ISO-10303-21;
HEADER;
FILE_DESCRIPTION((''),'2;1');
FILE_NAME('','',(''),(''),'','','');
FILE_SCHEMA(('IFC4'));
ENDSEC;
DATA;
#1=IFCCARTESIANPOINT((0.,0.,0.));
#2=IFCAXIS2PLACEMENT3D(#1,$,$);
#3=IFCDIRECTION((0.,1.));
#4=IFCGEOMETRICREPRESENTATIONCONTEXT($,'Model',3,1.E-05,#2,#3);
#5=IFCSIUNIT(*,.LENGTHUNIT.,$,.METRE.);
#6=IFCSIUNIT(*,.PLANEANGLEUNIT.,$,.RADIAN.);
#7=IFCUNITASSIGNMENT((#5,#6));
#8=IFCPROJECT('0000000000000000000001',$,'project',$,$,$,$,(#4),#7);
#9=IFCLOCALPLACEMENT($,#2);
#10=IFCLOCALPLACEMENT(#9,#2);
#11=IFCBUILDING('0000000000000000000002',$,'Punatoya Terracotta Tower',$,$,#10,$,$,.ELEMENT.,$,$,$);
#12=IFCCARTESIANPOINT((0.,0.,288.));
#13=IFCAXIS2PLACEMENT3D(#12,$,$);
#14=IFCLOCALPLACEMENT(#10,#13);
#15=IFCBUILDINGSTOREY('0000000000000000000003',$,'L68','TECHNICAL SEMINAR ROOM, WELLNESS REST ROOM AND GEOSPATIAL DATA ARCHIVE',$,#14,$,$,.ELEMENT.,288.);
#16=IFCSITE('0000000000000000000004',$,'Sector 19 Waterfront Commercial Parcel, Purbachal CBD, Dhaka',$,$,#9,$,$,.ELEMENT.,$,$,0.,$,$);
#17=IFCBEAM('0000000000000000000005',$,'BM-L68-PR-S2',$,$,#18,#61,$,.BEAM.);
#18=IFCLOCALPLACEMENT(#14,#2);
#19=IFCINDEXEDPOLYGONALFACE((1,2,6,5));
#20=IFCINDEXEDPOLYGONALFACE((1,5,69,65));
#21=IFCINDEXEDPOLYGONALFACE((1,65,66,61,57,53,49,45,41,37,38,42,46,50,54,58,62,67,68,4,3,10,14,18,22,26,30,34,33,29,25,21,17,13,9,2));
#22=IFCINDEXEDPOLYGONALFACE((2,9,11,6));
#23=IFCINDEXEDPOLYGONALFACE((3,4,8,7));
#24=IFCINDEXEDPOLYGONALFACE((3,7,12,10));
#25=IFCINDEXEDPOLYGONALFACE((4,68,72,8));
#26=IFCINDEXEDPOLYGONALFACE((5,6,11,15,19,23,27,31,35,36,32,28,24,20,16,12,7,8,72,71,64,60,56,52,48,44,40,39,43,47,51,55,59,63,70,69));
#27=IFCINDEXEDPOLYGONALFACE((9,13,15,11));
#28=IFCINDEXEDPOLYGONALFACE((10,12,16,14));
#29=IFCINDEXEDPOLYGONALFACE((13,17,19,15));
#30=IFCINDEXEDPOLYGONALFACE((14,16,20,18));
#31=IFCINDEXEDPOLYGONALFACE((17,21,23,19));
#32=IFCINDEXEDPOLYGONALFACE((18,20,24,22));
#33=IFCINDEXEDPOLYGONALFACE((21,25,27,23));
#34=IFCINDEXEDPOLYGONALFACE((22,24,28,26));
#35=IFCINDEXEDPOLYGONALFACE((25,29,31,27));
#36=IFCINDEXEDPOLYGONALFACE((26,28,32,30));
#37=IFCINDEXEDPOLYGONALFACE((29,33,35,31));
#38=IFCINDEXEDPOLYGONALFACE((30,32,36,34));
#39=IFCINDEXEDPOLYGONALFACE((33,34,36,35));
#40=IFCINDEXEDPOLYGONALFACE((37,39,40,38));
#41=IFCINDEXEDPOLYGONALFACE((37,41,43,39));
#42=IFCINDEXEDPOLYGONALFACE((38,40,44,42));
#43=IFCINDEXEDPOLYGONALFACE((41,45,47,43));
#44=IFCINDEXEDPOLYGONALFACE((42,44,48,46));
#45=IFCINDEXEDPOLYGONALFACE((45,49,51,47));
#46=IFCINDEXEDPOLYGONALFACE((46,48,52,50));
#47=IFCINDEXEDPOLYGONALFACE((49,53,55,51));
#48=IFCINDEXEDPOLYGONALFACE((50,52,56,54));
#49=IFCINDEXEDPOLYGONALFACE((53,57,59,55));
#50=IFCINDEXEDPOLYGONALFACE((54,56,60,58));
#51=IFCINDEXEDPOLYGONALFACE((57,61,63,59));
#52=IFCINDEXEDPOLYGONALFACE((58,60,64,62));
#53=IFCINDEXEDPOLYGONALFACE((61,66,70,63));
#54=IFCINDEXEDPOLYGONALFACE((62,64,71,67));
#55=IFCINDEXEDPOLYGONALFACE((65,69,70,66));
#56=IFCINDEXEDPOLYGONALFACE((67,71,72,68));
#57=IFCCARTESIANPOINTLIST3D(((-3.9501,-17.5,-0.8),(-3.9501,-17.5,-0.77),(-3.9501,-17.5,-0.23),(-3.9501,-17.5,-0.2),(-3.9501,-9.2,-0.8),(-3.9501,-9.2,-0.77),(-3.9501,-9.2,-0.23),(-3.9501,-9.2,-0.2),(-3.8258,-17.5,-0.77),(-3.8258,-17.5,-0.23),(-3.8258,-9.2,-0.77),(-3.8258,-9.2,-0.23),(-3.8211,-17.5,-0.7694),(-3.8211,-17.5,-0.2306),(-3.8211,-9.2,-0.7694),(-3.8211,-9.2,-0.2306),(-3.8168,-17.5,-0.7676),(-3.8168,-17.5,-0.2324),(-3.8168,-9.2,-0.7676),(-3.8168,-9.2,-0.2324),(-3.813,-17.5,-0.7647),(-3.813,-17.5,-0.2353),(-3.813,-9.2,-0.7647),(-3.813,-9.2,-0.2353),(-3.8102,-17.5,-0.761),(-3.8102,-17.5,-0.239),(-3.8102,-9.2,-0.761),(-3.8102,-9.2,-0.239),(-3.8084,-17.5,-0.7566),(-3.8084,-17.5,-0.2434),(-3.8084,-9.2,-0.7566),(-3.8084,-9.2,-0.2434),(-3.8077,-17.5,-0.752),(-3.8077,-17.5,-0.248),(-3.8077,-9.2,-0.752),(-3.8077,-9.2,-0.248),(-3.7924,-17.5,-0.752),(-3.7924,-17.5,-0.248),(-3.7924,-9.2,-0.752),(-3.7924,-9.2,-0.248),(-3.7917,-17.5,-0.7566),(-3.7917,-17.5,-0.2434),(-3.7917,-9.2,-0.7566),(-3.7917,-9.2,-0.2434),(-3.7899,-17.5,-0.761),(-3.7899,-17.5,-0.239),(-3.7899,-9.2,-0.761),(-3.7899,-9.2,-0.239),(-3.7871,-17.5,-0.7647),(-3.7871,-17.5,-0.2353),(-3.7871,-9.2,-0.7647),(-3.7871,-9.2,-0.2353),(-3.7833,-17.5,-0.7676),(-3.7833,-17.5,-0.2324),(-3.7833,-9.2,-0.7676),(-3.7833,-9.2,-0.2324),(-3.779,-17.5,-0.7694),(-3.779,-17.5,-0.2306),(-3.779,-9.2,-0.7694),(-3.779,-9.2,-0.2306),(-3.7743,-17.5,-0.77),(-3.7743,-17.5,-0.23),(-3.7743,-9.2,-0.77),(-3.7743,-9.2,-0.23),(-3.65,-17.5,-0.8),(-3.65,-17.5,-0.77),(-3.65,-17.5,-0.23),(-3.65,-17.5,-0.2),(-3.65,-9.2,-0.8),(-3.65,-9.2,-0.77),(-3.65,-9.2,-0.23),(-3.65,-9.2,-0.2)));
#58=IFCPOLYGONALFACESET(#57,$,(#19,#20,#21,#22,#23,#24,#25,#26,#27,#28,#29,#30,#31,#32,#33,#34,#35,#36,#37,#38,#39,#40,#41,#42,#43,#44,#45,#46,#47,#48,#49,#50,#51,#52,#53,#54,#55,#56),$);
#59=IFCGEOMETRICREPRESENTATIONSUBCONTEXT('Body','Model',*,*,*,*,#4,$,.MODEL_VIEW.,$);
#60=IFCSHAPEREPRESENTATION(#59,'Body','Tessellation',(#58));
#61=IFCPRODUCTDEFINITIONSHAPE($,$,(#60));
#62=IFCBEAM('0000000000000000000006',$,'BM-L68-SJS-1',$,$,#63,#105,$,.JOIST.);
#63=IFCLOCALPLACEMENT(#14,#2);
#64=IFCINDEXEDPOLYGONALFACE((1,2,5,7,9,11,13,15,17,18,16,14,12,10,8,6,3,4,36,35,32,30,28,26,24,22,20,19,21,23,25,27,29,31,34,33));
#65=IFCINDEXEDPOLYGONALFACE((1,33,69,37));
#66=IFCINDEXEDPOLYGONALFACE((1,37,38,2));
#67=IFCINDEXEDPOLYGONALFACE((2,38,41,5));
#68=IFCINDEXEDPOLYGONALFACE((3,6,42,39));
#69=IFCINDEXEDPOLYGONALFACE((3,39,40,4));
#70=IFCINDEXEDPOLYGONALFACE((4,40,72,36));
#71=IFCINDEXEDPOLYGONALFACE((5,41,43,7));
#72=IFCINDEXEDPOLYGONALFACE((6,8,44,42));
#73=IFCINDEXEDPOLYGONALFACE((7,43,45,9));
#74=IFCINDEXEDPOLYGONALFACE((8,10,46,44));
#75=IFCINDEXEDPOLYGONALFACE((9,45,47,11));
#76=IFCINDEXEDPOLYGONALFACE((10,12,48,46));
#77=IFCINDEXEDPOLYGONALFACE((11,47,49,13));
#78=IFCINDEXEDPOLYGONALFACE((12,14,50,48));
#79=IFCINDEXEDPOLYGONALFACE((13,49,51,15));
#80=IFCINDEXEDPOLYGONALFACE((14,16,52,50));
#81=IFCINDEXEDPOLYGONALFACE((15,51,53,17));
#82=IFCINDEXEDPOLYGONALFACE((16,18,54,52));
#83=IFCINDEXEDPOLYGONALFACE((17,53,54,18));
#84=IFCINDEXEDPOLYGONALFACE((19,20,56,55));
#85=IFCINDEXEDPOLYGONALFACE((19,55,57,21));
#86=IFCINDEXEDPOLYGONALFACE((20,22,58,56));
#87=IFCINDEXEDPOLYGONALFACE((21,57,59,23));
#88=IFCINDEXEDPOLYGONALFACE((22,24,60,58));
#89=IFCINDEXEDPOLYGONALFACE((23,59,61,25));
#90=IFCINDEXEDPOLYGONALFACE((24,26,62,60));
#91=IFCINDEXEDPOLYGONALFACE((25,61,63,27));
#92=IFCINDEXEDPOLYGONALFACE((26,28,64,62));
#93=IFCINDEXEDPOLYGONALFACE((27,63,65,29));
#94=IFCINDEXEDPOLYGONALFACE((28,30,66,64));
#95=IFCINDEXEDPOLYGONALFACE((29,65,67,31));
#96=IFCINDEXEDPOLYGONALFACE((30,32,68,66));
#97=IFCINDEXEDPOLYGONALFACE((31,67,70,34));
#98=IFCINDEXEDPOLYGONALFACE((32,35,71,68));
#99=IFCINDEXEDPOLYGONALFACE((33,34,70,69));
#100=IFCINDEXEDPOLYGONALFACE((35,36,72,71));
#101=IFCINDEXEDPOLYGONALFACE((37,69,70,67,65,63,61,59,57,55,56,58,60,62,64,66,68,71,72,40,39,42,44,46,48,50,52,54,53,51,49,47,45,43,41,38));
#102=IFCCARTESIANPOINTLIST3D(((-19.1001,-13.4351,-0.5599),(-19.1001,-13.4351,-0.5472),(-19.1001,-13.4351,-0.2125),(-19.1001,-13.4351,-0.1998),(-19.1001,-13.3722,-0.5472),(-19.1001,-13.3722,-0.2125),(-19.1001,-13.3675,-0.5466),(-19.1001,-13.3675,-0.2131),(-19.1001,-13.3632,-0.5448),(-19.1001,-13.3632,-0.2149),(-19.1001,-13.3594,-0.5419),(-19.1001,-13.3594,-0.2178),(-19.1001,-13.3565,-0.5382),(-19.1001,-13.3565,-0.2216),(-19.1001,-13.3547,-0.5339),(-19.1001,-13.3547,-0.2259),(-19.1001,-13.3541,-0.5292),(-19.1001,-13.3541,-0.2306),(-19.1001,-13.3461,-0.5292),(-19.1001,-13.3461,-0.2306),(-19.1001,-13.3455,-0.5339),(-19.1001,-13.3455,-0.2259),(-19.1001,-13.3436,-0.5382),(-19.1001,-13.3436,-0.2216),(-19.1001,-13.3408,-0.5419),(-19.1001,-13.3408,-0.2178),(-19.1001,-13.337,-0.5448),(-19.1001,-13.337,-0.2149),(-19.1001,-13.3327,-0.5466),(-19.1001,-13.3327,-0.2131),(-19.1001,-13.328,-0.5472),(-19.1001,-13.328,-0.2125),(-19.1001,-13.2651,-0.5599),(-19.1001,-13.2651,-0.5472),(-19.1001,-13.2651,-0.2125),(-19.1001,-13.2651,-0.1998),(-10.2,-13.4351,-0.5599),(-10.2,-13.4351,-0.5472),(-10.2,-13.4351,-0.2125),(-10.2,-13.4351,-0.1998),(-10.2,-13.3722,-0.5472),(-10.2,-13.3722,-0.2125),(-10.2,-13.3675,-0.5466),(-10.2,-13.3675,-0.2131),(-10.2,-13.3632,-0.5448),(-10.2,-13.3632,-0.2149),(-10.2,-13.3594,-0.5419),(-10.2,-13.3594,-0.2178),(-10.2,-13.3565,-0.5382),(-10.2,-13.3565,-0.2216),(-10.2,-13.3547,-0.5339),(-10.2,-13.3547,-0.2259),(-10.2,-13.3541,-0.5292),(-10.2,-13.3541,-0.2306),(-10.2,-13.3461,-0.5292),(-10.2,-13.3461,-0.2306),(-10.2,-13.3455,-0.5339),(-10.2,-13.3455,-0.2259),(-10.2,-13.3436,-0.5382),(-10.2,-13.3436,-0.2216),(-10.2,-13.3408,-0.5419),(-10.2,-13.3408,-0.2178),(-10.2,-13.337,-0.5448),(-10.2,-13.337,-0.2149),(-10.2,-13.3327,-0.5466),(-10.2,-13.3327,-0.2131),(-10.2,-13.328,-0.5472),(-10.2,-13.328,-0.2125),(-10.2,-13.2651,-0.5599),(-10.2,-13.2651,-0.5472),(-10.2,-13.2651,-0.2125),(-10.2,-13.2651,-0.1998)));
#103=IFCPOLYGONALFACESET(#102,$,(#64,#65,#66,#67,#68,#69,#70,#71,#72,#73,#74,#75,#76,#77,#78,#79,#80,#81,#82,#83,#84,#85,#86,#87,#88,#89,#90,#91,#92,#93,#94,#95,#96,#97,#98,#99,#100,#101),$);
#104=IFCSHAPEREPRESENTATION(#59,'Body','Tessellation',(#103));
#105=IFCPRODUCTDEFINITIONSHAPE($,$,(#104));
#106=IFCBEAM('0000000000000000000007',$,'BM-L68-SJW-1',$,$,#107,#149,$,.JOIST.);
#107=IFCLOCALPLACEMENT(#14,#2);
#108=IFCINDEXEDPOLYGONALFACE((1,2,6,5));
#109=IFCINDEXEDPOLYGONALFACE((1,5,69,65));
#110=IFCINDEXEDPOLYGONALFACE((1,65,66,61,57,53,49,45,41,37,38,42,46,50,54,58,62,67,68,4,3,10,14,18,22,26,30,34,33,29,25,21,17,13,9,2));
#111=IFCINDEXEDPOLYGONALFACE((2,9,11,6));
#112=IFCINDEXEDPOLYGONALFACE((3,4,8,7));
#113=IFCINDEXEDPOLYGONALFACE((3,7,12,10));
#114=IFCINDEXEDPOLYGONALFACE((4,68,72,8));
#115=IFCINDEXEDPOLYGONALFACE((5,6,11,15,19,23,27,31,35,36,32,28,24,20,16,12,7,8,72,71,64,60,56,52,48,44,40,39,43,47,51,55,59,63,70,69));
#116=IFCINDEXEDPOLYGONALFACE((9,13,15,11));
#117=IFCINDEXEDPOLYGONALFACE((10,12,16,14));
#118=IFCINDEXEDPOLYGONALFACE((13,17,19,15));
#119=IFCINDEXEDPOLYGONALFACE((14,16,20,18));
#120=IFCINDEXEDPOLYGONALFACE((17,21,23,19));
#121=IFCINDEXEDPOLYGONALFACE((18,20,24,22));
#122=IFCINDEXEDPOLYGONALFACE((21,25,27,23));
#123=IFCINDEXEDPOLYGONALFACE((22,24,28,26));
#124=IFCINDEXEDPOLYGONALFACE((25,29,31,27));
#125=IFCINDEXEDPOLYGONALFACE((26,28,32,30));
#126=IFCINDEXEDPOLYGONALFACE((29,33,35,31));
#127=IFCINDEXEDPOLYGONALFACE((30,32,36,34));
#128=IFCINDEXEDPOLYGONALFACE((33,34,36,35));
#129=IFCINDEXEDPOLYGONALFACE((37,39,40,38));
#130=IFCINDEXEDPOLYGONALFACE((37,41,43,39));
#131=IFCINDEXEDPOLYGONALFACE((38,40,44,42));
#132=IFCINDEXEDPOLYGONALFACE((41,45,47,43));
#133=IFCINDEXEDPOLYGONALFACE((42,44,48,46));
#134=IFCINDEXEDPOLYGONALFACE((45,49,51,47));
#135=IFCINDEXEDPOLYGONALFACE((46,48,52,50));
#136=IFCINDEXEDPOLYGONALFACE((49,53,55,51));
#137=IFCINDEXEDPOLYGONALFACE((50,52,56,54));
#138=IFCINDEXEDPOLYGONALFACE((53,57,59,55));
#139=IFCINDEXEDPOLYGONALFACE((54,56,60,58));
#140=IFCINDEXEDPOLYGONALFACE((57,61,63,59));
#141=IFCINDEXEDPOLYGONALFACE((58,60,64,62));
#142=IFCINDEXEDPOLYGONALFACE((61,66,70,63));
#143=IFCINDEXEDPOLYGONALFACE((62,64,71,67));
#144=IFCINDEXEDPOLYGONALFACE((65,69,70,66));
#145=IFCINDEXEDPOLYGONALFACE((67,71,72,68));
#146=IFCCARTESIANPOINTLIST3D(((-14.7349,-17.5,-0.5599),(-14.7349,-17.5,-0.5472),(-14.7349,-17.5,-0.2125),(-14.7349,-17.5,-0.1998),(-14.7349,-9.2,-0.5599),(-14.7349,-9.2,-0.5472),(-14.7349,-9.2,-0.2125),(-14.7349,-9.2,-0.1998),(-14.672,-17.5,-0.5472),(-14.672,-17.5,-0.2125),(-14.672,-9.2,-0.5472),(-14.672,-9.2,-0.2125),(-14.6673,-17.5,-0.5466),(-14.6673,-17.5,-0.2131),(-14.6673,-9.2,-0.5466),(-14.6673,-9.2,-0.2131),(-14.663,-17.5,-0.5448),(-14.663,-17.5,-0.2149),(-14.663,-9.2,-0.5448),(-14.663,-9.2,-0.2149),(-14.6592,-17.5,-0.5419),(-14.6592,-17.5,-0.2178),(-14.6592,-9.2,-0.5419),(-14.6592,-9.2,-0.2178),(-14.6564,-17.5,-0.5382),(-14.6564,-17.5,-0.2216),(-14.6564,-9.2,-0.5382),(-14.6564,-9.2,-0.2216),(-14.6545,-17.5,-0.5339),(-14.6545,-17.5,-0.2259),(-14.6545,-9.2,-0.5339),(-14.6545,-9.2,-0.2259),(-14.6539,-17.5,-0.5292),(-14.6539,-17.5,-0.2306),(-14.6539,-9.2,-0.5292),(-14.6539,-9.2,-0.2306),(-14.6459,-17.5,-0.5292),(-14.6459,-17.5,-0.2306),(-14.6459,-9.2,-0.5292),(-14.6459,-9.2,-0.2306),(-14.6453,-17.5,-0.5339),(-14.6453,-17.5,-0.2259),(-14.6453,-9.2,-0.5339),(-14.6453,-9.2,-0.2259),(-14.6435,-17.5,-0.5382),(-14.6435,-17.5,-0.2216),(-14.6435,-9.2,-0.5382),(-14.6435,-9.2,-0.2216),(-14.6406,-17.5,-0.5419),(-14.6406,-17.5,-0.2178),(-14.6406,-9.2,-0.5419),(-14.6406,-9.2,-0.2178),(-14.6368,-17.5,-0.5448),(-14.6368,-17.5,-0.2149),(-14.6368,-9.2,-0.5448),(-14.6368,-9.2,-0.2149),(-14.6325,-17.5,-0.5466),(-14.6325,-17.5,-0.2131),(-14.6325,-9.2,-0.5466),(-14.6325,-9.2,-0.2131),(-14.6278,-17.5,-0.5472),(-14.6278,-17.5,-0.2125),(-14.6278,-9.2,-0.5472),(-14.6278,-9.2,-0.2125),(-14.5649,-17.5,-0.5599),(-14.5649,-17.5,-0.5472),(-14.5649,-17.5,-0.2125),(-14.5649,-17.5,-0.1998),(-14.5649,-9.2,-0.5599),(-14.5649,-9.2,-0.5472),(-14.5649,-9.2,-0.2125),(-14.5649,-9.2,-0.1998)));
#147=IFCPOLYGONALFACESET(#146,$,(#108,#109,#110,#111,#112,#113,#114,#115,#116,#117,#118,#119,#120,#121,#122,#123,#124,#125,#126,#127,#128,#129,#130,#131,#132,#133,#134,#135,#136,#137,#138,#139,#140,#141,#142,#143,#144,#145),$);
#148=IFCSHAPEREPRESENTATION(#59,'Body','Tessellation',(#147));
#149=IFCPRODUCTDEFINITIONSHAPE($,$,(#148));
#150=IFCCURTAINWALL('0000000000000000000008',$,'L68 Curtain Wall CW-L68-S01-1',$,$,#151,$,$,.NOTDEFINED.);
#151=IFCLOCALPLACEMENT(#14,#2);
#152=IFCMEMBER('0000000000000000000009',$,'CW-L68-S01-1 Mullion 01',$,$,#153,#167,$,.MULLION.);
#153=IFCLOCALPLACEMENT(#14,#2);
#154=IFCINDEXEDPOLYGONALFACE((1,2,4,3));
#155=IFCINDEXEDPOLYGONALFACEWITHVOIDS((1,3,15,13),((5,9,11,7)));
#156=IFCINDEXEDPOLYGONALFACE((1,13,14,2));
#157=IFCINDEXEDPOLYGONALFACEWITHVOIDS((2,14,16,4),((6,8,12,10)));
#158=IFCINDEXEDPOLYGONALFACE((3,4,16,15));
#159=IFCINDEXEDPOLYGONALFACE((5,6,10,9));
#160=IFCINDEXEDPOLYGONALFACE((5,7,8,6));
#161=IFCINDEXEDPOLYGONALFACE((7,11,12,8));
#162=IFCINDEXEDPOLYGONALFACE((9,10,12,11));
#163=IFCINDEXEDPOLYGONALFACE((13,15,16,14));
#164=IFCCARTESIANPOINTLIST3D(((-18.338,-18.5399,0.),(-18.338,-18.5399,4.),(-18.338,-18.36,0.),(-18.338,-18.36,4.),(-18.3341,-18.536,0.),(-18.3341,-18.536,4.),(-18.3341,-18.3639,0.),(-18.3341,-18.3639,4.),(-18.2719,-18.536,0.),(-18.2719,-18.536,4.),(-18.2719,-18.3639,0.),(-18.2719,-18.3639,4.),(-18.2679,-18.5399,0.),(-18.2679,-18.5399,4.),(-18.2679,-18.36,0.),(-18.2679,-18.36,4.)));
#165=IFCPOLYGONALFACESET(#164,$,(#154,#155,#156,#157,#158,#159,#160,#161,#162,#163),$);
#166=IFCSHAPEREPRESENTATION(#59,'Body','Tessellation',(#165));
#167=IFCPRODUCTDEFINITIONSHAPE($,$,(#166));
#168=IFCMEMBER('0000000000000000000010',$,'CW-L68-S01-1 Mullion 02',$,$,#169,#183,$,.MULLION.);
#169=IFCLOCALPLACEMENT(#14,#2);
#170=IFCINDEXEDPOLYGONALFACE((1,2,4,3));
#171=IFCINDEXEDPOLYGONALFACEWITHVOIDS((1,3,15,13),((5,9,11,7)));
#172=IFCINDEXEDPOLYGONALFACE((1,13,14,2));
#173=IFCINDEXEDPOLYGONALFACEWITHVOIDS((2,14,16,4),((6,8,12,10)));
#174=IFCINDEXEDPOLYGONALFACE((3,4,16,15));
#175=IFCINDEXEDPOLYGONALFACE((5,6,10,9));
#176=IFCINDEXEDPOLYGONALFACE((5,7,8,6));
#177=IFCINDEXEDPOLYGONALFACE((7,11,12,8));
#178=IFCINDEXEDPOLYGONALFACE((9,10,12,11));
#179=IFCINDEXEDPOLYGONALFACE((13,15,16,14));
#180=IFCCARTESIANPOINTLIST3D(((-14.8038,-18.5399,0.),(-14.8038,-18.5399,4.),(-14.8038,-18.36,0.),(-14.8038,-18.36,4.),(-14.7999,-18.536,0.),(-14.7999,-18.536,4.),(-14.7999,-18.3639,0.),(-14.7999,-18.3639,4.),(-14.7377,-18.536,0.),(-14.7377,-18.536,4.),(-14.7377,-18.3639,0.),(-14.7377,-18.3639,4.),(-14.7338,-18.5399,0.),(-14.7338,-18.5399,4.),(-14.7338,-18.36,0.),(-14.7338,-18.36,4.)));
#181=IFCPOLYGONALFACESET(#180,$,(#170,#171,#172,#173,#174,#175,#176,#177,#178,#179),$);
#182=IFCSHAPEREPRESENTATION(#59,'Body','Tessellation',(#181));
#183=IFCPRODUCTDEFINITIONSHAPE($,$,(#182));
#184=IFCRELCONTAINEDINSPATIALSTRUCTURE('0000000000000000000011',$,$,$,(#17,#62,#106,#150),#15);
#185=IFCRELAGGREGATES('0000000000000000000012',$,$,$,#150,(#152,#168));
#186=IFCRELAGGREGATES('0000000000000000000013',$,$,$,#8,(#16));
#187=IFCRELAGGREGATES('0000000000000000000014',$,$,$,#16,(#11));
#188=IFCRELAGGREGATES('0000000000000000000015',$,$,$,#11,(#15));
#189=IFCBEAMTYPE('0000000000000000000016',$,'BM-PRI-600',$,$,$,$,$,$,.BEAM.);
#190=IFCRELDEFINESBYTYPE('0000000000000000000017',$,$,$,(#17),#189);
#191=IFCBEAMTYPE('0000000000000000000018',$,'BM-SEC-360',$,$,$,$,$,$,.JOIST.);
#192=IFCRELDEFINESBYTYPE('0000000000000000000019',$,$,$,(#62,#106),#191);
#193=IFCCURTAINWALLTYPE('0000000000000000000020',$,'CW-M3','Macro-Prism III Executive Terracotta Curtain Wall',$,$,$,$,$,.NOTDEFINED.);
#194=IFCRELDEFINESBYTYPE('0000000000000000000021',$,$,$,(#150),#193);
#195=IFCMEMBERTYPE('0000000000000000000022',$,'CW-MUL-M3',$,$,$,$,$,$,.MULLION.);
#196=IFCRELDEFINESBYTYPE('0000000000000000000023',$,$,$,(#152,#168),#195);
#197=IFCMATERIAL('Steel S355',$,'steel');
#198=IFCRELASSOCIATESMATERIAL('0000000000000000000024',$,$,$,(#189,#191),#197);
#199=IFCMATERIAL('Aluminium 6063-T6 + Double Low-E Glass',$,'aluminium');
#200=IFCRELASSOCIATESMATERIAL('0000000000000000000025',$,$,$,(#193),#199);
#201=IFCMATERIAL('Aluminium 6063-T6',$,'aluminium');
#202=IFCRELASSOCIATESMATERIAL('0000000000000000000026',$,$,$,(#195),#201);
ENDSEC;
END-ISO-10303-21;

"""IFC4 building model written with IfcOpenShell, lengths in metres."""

from ifc_helpers import new_model, si_unit, direction, frame, origin, origin_2d, place, context, subcontext, project, spatial, hollow_rectangle, i_section, extrude, material, material_profile, profile_set, type_object, element, aggregate, save


model = new_model("IFC4")

# Units and contexts
model_context = context("Model", 3, precision=1e-05, world=origin(), true_north=direction((0.0, 1.0)))
body_context = subcontext(model_context, "Body", "Model", "MODEL_VIEW")
ifc_project = project(units=[si_unit("LENGTHUNIT", "METRE"), si_unit("PLANEANGLEUNIT", "RADIAN")], contexts=[model_context])

# Site, building, storey
site_placement = place(None, origin())
site = spatial("IfcSite", under=ifc_project, at=site_placement, Name="Sector 19 Waterfront Commercial Parcel, Purbachal CBD, Dhaka", CompositionType="ELEMENT", RefElevation=0.0)
building_placement = place(site_placement, origin())
building = spatial("IfcBuilding", under=site, at=building_placement, Name="Punatoya Terracotta Tower", CompositionType="ELEMENT")
storey_placement = place(building_placement, frame((0.0, 0.0, 288.0)))
storey = spatial("IfcBuildingStorey", under=building, at=storey_placement, Name="L68", Description="TECHNICAL SEMINAR ROOM, WELLNESS REST ROOM AND GEOSPATIAL DATA ARCHIVE", CompositionType="ELEMENT", Elevation=288.0)

# Beams
ifc_material_1 = material(Name="Steel S355", Category="steel")
ifc_material_profile_1 = material_profile(ifc_material_1, i_section(OverallWidth=0.3, OverallDepth=0.6001, WebThickness=0.0154, FlangeThickness=0.03, FilletRadius=0.0181, at=origin_2d()))
ifc_profile_set_1 = profile_set([ifc_material_profile_1], Name="Steel S355")
beam_type_1 = type_object("IfcBeamType", Name="BM-PRI-600", PredefinedType="BEAM", material=ifc_profile_set_1)
for number, where, z_axis, x_axis, name in (
    (1, (-3.8, -17.5, -0.5), (0.0, 1.0, 0.0), (-1.0, 0.0, 0.0), "BM-L68-PR-S2"),
):
    element("IfcBeam", number, at=place(storey_placement, frame(where, z_axis=z_axis, x_axis=x_axis)), inside=storey, type_object=beam_type_1, Name=name, PredefinedType="BEAM", context=body_context, shape_type="SweptSolid", body=[
        extrude(i_section(OverallWidth=0.3, OverallDepth=0.6001, WebThickness=0.0154, FlangeThickness=0.03, FilletRadius=0.0181, at=origin_2d()), origin(), (0.0, 0.0, 1.0), 8.3),
    ])
ifc_material_profile_2 = material_profile(ifc_material_1, i_section(OverallWidth=0.1699, OverallDepth=0.3601, WebThickness=0.0081, FlangeThickness=0.0127, FilletRadius=0.0181, at=origin_2d()))
ifc_profile_set_2 = profile_set([ifc_material_profile_2], Name="Steel S355")
beam_type_2 = type_object("IfcBeamType", Name="BM-SEC-360", PredefinedType="JOIST", material=ifc_profile_set_2)
beam_1_placement = place(storey_placement, frame((-19.1001, -13.3501, -0.3799), z_axis=(1.0, 0.0, 0.0), x_axis=(0.0, 1.0, 0.0)))
element("IfcBeam", 2, at=beam_1_placement, inside=storey, type_object=beam_type_2, Name="BM-L68-SJS-1", PredefinedType="JOIST", context=body_context, shape_type="SweptSolid", body=[
    extrude(i_section(OverallWidth=0.1699, OverallDepth=0.3601, WebThickness=0.0081, FlangeThickness=0.0127, FilletRadius=0.0181, at=origin_2d()), origin(), (0.0, 0.0, 1.0), 8.9001),
])
beam_2_placement = place(storey_placement, frame((-14.6499, -17.5, -0.3799), z_axis=(0.0, 1.0, 0.0), x_axis=(-1.0, 0.0, 0.0)))
element("IfcBeam", 3, at=beam_2_placement, inside=storey, type_object=beam_type_2, Name="BM-L68-SJW-1", PredefinedType="JOIST", context=body_context, shape_type="SweptSolid", body=[
    extrude(i_section(OverallWidth=0.1699, OverallDepth=0.3601, WebThickness=0.0081, FlangeThickness=0.0127, FilletRadius=0.0181, at=origin_2d()), origin(), (0.0, 0.0, 1.0), 8.3),
])

# Curtain wall, members
ifc_material_2 = material(Name="Aluminium 6063-T6 + Double Low-E Glass", Category="aluminium")
curtain_wall_type = type_object("IfcCurtainWallType", Name="CW-M3", Description="Macro-Prism III Executive Terracotta Curtain Wall", PredefinedType="NOTDEFINED", material=ifc_material_2)
curtain_wall_placement = place(storey_placement, origin())
curtain_wall = element("IfcCurtainWall", 4, at=curtain_wall_placement, inside=storey, type_object=curtain_wall_type, Name="L68 Curtain Wall CW-L68-S01-1", PredefinedType="NOTDEFINED")
ifc_material_3 = material(Name="Aluminium 6063-T6", Category="aluminium")
ifc_material_profile_3 = material_profile(ifc_material_3, hollow_rectangle(XDim=0.0701, YDim=0.1799, WallThickness=0.0039, at=origin_2d()))
ifc_profile_set_3 = profile_set([ifc_material_profile_3], Name="Aluminium 6063-T6")
member_type = type_object("IfcMemberType", Name="CW-MUL-M3", PredefinedType="MULLION", material=ifc_profile_set_3)
member_1_placement = place(storey_placement, frame((-18.303, -18.45, 0.0), z_axis=(0.0, 0.0, 1.0), x_axis=(1.0, 0.0, 0.0)))
member_1 = element("IfcMember", 5, at=member_1_placement, type_object=member_type, Name="CW-L68-S01-1 Mullion 01", PredefinedType="MULLION", context=body_context, shape_type="SweptSolid", body=[
    extrude(hollow_rectangle(XDim=0.0701, YDim=0.1799, WallThickness=0.0039, at=origin_2d()), origin(), (0.0, 0.0, 1.0), 4.0),
])
member_2_placement = place(storey_placement, frame((-14.7688, -18.45, 0.0), z_axis=(0.0, 0.0, 1.0), x_axis=(1.0, 0.0, 0.0)))
member_2 = element("IfcMember", 6, at=member_2_placement, type_object=member_type, Name="CW-L68-S01-1 Mullion 02", PredefinedType="MULLION", context=body_context, shape_type="SweptSolid", body=[
    extrude(hollow_rectangle(XDim=0.0701, YDim=0.1799, WallThickness=0.0039, at=origin_2d()), origin(), (0.0, 0.0, 1.0), 4.0),
])
aggregate(curtain_wall, [member_1, member_2])

save(model, "model.ifc")
